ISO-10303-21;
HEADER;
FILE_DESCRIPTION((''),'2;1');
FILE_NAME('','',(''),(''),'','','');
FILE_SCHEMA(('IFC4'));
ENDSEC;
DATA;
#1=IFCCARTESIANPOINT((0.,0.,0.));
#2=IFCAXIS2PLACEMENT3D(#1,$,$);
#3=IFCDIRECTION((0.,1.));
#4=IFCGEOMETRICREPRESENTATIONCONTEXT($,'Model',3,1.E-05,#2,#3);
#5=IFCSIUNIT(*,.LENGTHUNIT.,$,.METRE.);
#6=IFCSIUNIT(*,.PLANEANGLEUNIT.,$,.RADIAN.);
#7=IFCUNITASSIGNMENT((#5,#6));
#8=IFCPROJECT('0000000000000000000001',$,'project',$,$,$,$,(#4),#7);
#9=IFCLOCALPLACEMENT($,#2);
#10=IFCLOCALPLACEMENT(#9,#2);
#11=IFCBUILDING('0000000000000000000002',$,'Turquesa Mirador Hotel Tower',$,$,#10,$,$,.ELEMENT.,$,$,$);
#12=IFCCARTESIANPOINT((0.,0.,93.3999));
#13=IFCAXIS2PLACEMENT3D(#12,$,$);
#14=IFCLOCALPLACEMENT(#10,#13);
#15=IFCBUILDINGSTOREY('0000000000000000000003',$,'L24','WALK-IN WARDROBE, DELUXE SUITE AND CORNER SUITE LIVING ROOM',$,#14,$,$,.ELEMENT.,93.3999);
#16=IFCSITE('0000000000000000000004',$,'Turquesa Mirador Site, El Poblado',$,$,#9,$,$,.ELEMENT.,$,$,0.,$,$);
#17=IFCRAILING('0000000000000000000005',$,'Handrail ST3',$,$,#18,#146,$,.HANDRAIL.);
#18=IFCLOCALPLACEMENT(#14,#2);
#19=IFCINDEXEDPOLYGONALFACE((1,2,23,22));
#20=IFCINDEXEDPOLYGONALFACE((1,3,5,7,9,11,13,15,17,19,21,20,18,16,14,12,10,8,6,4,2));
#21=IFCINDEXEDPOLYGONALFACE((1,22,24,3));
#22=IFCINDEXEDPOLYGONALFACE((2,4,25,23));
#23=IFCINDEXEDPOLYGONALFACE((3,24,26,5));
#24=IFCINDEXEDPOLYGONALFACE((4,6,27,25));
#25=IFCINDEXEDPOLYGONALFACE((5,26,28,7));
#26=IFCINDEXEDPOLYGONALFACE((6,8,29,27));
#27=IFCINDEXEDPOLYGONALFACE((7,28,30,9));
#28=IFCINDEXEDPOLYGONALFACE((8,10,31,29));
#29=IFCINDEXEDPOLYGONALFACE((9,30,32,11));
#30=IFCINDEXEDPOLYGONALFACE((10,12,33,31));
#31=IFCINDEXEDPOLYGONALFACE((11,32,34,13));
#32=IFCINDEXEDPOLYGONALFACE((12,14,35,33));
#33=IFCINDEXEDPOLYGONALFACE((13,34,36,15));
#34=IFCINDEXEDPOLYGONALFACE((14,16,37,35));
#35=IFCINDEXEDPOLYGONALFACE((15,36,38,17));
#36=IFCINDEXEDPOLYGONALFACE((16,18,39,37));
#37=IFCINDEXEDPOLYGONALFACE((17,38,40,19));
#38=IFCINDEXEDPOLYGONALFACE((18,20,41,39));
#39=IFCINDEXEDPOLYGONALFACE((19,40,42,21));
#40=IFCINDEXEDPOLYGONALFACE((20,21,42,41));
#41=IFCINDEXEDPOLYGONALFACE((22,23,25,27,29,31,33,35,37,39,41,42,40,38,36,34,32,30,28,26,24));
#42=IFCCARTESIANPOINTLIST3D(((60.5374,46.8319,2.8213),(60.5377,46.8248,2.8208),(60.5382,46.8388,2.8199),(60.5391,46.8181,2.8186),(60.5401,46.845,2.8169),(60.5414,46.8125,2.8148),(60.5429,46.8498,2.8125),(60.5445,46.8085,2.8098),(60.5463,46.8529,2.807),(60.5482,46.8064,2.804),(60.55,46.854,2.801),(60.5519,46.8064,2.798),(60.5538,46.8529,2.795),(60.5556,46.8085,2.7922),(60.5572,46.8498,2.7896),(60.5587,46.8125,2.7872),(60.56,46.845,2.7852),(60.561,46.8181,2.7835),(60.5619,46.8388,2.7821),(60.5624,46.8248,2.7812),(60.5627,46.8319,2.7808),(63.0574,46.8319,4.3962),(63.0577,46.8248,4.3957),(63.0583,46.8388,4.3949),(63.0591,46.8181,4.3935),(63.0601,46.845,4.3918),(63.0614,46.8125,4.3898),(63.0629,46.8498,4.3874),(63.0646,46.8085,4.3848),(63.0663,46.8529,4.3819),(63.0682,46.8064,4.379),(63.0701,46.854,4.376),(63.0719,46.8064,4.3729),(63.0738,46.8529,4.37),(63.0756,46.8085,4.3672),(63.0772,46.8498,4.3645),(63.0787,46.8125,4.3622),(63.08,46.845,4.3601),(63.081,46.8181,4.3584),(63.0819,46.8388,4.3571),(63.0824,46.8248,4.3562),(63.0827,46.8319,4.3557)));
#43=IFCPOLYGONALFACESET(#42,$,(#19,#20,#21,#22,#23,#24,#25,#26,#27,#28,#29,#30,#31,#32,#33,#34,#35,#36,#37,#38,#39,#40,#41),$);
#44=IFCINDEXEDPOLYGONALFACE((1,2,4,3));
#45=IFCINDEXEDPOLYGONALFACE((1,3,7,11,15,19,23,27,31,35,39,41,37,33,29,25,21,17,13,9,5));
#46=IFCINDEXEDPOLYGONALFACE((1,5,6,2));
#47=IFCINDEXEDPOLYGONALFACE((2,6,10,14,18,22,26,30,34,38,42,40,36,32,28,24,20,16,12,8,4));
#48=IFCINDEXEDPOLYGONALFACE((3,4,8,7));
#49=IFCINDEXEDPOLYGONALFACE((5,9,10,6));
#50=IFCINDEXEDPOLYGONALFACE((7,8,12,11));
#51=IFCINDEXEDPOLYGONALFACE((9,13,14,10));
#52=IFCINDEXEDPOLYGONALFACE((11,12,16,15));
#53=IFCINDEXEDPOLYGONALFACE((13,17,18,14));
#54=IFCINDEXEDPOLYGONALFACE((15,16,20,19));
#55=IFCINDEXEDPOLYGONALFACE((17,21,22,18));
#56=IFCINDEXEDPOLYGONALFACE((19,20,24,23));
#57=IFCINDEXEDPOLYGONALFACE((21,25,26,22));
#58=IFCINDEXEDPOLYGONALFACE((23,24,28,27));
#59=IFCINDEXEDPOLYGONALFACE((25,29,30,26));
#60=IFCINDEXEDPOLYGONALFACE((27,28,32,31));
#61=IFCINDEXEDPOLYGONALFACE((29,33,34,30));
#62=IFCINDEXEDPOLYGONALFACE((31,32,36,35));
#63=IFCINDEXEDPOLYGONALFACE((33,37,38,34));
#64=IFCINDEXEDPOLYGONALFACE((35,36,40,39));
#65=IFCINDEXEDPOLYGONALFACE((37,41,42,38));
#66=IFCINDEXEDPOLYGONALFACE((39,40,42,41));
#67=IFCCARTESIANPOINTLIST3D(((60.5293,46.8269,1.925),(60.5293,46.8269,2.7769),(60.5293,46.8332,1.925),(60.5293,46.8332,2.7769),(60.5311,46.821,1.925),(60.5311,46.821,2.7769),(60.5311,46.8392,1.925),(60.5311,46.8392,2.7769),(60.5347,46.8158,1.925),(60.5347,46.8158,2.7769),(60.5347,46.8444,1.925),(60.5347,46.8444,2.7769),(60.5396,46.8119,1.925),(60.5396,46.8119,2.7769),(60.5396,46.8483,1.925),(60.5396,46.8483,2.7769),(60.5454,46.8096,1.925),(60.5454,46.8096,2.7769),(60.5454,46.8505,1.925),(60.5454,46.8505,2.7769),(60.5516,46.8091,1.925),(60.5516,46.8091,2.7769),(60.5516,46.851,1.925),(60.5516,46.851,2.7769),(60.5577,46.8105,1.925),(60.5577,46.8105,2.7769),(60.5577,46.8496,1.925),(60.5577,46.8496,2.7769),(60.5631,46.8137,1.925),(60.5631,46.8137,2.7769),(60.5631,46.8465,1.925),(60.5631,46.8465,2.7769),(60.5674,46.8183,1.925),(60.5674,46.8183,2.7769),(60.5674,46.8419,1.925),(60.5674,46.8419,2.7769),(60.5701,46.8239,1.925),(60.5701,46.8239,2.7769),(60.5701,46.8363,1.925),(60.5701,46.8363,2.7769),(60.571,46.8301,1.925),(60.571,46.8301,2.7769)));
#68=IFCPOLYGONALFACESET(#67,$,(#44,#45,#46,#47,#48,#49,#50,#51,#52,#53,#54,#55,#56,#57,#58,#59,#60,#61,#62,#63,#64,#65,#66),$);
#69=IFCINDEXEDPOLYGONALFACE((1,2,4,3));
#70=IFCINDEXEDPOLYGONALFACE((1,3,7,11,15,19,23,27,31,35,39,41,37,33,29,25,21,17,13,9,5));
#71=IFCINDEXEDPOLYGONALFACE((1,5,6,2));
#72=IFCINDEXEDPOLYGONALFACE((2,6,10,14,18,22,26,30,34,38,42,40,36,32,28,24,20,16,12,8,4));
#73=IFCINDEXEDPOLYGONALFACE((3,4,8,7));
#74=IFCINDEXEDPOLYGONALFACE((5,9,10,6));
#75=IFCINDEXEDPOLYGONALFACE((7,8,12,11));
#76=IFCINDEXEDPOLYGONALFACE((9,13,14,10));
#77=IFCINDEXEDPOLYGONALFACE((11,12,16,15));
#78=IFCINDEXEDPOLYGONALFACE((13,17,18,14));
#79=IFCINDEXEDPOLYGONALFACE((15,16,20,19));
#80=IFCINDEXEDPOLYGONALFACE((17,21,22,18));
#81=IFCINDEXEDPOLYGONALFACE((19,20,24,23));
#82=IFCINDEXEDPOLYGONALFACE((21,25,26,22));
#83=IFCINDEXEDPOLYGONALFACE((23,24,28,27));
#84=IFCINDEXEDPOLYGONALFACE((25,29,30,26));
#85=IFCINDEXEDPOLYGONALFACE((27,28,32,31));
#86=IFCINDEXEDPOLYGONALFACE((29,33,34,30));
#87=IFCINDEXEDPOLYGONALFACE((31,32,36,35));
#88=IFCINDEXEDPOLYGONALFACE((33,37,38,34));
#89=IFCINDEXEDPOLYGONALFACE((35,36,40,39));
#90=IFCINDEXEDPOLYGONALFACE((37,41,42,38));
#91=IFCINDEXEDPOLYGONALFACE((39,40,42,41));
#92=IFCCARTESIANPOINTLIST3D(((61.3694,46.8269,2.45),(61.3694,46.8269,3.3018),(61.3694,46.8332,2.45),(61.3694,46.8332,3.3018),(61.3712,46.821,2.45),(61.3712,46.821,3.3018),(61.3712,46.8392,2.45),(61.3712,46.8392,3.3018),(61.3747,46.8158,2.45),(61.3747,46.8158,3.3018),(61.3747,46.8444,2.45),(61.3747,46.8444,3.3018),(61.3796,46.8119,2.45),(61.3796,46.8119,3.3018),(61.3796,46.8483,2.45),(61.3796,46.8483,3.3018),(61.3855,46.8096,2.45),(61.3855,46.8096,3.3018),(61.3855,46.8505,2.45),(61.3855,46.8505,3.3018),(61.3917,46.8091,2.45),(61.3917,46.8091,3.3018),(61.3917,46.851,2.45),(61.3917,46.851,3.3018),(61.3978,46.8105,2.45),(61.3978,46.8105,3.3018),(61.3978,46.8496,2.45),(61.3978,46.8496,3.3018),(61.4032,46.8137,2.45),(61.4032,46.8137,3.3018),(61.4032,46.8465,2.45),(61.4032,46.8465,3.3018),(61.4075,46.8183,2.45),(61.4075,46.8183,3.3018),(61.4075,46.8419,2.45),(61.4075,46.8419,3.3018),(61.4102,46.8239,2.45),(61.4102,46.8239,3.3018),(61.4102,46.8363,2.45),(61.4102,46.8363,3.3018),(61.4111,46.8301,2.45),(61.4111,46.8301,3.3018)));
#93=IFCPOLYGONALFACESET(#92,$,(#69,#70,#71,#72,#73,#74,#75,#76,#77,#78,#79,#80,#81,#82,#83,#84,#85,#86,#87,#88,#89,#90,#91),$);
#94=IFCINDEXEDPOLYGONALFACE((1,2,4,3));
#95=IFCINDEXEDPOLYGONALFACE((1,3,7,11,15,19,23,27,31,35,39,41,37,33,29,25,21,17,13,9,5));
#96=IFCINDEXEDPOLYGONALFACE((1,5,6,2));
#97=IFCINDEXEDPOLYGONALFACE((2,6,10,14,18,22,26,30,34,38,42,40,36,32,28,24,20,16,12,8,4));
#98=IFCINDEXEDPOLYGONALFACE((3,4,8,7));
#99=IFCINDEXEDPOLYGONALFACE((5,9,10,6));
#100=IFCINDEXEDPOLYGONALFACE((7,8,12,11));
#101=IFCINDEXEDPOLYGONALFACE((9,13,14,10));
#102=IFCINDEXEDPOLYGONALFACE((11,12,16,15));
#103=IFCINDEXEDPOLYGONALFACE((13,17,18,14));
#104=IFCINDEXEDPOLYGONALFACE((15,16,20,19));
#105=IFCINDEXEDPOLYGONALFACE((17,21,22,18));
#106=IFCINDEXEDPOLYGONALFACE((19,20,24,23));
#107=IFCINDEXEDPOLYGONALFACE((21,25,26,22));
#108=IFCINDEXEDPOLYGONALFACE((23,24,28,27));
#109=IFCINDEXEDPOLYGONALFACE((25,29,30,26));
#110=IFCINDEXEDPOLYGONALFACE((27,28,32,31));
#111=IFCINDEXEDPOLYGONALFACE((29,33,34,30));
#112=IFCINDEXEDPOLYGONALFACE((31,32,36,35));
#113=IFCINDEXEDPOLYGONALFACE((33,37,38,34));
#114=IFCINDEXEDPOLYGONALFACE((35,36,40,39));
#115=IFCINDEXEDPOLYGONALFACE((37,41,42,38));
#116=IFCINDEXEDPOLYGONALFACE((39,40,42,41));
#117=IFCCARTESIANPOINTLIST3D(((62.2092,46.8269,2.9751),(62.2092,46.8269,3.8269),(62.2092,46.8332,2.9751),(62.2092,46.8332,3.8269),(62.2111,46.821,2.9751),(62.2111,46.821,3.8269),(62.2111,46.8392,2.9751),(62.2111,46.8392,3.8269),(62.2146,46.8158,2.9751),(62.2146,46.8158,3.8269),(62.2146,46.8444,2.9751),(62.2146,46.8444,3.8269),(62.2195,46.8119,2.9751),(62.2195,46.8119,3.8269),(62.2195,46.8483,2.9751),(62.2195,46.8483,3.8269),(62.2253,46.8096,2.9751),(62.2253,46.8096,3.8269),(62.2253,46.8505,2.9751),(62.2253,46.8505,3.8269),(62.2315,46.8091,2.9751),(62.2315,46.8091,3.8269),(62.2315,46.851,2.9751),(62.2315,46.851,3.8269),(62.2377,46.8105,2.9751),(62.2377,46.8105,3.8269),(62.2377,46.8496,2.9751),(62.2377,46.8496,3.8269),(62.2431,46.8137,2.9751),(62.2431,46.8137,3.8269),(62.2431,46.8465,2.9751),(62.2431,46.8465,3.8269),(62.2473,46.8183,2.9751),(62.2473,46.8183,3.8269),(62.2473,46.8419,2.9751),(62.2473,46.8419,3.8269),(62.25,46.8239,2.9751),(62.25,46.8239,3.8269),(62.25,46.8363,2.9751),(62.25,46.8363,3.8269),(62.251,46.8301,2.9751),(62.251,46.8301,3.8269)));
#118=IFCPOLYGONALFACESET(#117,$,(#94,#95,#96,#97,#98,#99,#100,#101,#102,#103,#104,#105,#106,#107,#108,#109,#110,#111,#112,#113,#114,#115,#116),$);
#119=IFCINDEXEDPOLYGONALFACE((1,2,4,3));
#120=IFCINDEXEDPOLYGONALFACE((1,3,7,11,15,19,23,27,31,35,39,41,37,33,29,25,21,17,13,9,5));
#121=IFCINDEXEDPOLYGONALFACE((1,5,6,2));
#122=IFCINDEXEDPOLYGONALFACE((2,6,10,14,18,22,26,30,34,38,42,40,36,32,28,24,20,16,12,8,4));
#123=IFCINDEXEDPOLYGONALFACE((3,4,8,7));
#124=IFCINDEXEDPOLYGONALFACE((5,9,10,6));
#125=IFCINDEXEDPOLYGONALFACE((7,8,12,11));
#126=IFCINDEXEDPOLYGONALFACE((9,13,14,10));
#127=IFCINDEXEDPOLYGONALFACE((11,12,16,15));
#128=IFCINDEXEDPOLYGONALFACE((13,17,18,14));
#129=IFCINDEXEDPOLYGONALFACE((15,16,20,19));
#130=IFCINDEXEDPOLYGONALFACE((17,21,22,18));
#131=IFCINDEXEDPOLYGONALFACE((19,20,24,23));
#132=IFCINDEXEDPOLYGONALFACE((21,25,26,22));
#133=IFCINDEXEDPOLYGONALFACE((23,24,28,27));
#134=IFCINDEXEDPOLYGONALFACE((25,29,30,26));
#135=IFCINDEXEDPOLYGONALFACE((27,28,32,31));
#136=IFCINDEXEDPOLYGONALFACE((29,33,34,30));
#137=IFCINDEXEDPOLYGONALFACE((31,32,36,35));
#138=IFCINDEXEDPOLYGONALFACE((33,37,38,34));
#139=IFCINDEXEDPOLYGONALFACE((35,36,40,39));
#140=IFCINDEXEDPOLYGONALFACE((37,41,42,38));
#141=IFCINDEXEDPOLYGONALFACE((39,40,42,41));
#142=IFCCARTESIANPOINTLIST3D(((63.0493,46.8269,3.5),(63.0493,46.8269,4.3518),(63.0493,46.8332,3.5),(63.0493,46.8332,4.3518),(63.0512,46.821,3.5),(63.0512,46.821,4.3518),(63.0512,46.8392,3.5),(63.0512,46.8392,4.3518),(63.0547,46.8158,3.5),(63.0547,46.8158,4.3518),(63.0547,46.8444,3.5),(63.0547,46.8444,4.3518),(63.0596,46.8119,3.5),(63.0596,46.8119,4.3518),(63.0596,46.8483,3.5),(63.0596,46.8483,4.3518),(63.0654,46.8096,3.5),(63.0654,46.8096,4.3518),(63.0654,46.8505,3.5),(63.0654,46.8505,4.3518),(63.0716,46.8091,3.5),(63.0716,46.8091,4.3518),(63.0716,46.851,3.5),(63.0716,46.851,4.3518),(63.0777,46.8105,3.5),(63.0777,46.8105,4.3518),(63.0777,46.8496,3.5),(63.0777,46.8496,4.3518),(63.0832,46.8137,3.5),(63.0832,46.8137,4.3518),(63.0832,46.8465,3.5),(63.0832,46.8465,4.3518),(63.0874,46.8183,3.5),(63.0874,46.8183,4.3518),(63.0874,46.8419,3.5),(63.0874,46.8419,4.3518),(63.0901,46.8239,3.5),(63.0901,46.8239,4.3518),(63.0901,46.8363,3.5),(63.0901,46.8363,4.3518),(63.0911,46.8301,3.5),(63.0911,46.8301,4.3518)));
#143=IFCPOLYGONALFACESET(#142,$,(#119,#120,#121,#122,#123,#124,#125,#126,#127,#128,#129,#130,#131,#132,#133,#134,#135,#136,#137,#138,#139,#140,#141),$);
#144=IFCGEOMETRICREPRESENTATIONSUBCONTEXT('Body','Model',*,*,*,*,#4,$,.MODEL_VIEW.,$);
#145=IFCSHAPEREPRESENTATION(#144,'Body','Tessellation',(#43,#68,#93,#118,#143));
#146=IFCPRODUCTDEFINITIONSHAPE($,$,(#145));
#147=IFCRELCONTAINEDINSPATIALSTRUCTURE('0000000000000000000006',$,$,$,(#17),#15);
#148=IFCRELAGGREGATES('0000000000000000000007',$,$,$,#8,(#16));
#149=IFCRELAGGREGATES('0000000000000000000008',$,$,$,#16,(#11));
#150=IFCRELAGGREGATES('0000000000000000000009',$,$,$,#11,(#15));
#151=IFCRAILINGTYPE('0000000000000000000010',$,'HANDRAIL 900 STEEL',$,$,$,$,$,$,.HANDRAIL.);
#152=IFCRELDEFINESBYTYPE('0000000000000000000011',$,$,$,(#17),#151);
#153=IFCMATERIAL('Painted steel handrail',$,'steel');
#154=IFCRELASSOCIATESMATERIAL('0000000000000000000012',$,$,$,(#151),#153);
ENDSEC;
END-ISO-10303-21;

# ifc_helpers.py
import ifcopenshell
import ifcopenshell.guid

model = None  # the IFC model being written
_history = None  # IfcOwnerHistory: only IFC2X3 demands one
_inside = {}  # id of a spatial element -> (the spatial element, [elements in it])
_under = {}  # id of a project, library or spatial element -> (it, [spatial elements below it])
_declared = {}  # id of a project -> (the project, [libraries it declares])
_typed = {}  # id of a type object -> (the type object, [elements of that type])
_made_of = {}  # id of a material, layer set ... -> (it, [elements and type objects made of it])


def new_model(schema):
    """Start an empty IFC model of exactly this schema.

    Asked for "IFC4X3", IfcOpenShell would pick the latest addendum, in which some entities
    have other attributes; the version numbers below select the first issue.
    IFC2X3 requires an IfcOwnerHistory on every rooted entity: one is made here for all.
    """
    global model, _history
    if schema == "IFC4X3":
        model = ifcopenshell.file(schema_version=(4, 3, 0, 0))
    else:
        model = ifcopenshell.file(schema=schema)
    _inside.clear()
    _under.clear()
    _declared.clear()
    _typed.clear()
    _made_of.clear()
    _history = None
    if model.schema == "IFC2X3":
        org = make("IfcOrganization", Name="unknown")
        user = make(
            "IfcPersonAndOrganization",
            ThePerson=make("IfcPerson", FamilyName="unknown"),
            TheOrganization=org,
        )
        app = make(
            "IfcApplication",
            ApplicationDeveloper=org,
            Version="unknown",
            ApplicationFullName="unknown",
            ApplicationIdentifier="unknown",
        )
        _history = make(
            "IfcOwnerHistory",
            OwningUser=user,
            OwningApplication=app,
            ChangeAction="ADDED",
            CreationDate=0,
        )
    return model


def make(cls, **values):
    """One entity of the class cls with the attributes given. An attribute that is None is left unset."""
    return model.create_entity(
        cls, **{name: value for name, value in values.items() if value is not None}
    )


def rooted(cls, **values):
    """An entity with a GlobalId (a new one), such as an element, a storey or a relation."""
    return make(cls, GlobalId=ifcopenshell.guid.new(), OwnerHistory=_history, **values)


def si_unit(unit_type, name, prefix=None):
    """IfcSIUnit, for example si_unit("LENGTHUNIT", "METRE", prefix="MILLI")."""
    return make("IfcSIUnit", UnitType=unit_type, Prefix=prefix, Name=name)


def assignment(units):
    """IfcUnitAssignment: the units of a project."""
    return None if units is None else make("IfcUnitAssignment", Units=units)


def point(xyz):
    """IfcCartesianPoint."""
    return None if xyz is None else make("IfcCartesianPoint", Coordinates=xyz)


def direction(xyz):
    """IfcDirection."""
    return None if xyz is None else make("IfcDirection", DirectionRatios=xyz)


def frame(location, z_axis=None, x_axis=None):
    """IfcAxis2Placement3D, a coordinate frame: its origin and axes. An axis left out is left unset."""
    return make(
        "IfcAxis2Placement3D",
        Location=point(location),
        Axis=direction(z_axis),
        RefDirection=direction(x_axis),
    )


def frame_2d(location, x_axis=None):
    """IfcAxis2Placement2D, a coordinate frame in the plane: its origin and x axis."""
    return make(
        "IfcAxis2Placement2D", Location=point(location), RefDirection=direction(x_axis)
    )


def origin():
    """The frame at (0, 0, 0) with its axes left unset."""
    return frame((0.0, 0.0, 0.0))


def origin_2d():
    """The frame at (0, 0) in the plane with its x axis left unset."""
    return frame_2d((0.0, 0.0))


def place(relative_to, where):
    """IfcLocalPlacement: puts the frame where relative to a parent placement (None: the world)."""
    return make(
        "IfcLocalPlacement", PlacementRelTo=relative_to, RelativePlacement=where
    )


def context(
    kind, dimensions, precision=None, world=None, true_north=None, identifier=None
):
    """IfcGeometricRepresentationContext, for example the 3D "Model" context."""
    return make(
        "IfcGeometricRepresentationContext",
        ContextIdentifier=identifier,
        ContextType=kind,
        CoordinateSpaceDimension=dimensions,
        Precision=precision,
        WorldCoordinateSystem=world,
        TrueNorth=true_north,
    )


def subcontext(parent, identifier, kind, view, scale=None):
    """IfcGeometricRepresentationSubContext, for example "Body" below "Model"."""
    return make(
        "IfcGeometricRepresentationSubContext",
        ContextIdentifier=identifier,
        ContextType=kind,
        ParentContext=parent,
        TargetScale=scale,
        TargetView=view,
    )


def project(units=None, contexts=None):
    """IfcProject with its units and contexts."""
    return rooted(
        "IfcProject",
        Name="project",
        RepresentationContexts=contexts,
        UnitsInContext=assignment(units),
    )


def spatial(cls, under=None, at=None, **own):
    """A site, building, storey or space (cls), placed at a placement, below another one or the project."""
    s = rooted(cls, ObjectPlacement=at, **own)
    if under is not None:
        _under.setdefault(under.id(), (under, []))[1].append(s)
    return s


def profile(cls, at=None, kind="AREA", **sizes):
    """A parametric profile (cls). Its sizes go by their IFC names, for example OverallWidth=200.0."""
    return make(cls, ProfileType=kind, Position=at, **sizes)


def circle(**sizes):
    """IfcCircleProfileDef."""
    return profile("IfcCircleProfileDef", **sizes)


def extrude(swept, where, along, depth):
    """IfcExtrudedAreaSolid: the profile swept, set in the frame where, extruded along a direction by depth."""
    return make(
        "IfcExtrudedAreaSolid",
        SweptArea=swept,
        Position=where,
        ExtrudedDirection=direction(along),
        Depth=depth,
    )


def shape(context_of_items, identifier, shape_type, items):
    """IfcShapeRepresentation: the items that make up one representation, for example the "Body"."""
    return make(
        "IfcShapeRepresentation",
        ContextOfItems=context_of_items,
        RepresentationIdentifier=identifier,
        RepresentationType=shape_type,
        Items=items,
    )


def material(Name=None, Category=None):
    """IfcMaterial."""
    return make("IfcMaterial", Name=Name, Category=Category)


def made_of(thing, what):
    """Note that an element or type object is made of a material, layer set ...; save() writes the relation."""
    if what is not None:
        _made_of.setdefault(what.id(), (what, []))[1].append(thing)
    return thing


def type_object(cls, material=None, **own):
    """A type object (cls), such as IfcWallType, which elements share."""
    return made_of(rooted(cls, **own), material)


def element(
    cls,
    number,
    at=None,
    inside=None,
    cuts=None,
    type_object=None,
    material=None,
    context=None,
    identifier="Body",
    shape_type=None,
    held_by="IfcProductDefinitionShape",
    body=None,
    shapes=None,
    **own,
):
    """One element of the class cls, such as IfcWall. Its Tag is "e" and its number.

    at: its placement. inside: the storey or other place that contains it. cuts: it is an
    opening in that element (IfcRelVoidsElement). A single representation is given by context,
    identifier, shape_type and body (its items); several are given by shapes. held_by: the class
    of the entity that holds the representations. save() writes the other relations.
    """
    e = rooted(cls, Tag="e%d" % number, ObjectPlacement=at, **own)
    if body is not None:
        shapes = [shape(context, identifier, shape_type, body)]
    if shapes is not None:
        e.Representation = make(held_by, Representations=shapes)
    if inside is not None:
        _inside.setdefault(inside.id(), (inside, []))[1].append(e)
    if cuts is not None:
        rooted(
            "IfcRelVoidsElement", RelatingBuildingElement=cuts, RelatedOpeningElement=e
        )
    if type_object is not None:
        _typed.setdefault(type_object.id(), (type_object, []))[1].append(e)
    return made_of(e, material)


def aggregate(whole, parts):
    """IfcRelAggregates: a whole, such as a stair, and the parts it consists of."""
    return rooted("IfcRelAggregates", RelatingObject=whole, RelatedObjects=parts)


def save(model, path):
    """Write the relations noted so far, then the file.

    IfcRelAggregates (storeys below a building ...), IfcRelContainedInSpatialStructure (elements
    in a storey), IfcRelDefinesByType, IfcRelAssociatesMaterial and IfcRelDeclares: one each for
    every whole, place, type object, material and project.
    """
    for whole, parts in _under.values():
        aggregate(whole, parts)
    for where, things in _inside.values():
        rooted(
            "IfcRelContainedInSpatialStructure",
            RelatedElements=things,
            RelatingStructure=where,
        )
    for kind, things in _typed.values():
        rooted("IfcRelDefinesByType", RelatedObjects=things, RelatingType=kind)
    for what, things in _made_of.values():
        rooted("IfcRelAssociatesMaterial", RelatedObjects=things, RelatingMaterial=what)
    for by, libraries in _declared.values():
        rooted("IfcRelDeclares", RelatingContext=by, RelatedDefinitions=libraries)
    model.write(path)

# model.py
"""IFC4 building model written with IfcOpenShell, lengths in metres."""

from ifc_helpers import new_model, si_unit, direction, frame, origin, origin_2d, place, context, subcontext, project, spatial, circle, extrude, material, type_object, element, save


model = new_model("IFC4")

# Units and contexts
model_context = context("Model", 3, precision=1e-05, world=origin(), true_north=direction((0.0, 1.0)))
body_context = subcontext(model_context, "Body", "Model", "MODEL_VIEW")
ifc_project = project(units=[si_unit("LENGTHUNIT", "METRE"), si_unit("PLANEANGLEUNIT", "RADIAN")], contexts=[model_context])

# Site, building, storey
site_placement = place(None, origin())
site = spatial("IfcSite", under=ifc_project, at=site_placement, Name="Turquesa Mirador Site, El Poblado", CompositionType="ELEMENT", RefElevation=0.0)
building_placement = place(site_placement, origin())
building = spatial("IfcBuilding", under=site, at=building_placement, Name="Turquesa Mirador Hotel Tower", CompositionType="ELEMENT")
storey_placement = place(building_placement, frame((0.0, 0.0, 93.3999)))
storey = spatial("IfcBuildingStorey", under=building, at=storey_placement, Name="L24", Description="WALK-IN WARDROBE, DELUXE SUITE AND CORNER SUITE LIVING ROOM", CompositionType="ELEMENT", Elevation=93.3999)

# Railing
ifc_material_1 = material(Name="Painted steel handrail", Category="steel")
railing_type = type_object("IfcRailingType", Name="HANDRAIL 900 STEEL", PredefinedType="HANDRAIL", material=ifc_material_1)
railing_1_placement = place(storey_placement, frame((60.55, 46.8301, 1.925)))
element("IfcRailing", 1, at=railing_1_placement, inside=storey, type_object=railing_type, Name="Handrail ST3", PredefinedType="HANDRAIL", context=body_context, shape_type="SweptSolid", body=[
    extrude(circle(Radius=0.0239, at=origin_2d()), frame((0.0, 0.0, 0.876), z_axis=(0.848008, 0.0, 0.529984), x_axis=(0.0, 1.0, 0.0)), (0.0, 0.0, 1.0), 2.9717),
    extrude(circle(Radius=0.021, at=origin_2d()), origin(), (0.0, 0.0, 1.0), 0.8518),
    extrude(circle(Radius=0.021, at=origin_2d()), frame((0.8401, 0.0, 0.5249)), (0.0, 0.0, 1.0), 0.8518),
    extrude(circle(Radius=0.021, at=origin_2d()), frame((1.6799, 0.0, 1.05)), (0.0, 0.0, 1.0), 0.8518),
    extrude(circle(Radius=0.021, at=origin_2d()), frame((2.52, 0.0, 1.575)), (0.0, 0.0, 1.0), 0.8518),
])

save(model, "model.ifc")
